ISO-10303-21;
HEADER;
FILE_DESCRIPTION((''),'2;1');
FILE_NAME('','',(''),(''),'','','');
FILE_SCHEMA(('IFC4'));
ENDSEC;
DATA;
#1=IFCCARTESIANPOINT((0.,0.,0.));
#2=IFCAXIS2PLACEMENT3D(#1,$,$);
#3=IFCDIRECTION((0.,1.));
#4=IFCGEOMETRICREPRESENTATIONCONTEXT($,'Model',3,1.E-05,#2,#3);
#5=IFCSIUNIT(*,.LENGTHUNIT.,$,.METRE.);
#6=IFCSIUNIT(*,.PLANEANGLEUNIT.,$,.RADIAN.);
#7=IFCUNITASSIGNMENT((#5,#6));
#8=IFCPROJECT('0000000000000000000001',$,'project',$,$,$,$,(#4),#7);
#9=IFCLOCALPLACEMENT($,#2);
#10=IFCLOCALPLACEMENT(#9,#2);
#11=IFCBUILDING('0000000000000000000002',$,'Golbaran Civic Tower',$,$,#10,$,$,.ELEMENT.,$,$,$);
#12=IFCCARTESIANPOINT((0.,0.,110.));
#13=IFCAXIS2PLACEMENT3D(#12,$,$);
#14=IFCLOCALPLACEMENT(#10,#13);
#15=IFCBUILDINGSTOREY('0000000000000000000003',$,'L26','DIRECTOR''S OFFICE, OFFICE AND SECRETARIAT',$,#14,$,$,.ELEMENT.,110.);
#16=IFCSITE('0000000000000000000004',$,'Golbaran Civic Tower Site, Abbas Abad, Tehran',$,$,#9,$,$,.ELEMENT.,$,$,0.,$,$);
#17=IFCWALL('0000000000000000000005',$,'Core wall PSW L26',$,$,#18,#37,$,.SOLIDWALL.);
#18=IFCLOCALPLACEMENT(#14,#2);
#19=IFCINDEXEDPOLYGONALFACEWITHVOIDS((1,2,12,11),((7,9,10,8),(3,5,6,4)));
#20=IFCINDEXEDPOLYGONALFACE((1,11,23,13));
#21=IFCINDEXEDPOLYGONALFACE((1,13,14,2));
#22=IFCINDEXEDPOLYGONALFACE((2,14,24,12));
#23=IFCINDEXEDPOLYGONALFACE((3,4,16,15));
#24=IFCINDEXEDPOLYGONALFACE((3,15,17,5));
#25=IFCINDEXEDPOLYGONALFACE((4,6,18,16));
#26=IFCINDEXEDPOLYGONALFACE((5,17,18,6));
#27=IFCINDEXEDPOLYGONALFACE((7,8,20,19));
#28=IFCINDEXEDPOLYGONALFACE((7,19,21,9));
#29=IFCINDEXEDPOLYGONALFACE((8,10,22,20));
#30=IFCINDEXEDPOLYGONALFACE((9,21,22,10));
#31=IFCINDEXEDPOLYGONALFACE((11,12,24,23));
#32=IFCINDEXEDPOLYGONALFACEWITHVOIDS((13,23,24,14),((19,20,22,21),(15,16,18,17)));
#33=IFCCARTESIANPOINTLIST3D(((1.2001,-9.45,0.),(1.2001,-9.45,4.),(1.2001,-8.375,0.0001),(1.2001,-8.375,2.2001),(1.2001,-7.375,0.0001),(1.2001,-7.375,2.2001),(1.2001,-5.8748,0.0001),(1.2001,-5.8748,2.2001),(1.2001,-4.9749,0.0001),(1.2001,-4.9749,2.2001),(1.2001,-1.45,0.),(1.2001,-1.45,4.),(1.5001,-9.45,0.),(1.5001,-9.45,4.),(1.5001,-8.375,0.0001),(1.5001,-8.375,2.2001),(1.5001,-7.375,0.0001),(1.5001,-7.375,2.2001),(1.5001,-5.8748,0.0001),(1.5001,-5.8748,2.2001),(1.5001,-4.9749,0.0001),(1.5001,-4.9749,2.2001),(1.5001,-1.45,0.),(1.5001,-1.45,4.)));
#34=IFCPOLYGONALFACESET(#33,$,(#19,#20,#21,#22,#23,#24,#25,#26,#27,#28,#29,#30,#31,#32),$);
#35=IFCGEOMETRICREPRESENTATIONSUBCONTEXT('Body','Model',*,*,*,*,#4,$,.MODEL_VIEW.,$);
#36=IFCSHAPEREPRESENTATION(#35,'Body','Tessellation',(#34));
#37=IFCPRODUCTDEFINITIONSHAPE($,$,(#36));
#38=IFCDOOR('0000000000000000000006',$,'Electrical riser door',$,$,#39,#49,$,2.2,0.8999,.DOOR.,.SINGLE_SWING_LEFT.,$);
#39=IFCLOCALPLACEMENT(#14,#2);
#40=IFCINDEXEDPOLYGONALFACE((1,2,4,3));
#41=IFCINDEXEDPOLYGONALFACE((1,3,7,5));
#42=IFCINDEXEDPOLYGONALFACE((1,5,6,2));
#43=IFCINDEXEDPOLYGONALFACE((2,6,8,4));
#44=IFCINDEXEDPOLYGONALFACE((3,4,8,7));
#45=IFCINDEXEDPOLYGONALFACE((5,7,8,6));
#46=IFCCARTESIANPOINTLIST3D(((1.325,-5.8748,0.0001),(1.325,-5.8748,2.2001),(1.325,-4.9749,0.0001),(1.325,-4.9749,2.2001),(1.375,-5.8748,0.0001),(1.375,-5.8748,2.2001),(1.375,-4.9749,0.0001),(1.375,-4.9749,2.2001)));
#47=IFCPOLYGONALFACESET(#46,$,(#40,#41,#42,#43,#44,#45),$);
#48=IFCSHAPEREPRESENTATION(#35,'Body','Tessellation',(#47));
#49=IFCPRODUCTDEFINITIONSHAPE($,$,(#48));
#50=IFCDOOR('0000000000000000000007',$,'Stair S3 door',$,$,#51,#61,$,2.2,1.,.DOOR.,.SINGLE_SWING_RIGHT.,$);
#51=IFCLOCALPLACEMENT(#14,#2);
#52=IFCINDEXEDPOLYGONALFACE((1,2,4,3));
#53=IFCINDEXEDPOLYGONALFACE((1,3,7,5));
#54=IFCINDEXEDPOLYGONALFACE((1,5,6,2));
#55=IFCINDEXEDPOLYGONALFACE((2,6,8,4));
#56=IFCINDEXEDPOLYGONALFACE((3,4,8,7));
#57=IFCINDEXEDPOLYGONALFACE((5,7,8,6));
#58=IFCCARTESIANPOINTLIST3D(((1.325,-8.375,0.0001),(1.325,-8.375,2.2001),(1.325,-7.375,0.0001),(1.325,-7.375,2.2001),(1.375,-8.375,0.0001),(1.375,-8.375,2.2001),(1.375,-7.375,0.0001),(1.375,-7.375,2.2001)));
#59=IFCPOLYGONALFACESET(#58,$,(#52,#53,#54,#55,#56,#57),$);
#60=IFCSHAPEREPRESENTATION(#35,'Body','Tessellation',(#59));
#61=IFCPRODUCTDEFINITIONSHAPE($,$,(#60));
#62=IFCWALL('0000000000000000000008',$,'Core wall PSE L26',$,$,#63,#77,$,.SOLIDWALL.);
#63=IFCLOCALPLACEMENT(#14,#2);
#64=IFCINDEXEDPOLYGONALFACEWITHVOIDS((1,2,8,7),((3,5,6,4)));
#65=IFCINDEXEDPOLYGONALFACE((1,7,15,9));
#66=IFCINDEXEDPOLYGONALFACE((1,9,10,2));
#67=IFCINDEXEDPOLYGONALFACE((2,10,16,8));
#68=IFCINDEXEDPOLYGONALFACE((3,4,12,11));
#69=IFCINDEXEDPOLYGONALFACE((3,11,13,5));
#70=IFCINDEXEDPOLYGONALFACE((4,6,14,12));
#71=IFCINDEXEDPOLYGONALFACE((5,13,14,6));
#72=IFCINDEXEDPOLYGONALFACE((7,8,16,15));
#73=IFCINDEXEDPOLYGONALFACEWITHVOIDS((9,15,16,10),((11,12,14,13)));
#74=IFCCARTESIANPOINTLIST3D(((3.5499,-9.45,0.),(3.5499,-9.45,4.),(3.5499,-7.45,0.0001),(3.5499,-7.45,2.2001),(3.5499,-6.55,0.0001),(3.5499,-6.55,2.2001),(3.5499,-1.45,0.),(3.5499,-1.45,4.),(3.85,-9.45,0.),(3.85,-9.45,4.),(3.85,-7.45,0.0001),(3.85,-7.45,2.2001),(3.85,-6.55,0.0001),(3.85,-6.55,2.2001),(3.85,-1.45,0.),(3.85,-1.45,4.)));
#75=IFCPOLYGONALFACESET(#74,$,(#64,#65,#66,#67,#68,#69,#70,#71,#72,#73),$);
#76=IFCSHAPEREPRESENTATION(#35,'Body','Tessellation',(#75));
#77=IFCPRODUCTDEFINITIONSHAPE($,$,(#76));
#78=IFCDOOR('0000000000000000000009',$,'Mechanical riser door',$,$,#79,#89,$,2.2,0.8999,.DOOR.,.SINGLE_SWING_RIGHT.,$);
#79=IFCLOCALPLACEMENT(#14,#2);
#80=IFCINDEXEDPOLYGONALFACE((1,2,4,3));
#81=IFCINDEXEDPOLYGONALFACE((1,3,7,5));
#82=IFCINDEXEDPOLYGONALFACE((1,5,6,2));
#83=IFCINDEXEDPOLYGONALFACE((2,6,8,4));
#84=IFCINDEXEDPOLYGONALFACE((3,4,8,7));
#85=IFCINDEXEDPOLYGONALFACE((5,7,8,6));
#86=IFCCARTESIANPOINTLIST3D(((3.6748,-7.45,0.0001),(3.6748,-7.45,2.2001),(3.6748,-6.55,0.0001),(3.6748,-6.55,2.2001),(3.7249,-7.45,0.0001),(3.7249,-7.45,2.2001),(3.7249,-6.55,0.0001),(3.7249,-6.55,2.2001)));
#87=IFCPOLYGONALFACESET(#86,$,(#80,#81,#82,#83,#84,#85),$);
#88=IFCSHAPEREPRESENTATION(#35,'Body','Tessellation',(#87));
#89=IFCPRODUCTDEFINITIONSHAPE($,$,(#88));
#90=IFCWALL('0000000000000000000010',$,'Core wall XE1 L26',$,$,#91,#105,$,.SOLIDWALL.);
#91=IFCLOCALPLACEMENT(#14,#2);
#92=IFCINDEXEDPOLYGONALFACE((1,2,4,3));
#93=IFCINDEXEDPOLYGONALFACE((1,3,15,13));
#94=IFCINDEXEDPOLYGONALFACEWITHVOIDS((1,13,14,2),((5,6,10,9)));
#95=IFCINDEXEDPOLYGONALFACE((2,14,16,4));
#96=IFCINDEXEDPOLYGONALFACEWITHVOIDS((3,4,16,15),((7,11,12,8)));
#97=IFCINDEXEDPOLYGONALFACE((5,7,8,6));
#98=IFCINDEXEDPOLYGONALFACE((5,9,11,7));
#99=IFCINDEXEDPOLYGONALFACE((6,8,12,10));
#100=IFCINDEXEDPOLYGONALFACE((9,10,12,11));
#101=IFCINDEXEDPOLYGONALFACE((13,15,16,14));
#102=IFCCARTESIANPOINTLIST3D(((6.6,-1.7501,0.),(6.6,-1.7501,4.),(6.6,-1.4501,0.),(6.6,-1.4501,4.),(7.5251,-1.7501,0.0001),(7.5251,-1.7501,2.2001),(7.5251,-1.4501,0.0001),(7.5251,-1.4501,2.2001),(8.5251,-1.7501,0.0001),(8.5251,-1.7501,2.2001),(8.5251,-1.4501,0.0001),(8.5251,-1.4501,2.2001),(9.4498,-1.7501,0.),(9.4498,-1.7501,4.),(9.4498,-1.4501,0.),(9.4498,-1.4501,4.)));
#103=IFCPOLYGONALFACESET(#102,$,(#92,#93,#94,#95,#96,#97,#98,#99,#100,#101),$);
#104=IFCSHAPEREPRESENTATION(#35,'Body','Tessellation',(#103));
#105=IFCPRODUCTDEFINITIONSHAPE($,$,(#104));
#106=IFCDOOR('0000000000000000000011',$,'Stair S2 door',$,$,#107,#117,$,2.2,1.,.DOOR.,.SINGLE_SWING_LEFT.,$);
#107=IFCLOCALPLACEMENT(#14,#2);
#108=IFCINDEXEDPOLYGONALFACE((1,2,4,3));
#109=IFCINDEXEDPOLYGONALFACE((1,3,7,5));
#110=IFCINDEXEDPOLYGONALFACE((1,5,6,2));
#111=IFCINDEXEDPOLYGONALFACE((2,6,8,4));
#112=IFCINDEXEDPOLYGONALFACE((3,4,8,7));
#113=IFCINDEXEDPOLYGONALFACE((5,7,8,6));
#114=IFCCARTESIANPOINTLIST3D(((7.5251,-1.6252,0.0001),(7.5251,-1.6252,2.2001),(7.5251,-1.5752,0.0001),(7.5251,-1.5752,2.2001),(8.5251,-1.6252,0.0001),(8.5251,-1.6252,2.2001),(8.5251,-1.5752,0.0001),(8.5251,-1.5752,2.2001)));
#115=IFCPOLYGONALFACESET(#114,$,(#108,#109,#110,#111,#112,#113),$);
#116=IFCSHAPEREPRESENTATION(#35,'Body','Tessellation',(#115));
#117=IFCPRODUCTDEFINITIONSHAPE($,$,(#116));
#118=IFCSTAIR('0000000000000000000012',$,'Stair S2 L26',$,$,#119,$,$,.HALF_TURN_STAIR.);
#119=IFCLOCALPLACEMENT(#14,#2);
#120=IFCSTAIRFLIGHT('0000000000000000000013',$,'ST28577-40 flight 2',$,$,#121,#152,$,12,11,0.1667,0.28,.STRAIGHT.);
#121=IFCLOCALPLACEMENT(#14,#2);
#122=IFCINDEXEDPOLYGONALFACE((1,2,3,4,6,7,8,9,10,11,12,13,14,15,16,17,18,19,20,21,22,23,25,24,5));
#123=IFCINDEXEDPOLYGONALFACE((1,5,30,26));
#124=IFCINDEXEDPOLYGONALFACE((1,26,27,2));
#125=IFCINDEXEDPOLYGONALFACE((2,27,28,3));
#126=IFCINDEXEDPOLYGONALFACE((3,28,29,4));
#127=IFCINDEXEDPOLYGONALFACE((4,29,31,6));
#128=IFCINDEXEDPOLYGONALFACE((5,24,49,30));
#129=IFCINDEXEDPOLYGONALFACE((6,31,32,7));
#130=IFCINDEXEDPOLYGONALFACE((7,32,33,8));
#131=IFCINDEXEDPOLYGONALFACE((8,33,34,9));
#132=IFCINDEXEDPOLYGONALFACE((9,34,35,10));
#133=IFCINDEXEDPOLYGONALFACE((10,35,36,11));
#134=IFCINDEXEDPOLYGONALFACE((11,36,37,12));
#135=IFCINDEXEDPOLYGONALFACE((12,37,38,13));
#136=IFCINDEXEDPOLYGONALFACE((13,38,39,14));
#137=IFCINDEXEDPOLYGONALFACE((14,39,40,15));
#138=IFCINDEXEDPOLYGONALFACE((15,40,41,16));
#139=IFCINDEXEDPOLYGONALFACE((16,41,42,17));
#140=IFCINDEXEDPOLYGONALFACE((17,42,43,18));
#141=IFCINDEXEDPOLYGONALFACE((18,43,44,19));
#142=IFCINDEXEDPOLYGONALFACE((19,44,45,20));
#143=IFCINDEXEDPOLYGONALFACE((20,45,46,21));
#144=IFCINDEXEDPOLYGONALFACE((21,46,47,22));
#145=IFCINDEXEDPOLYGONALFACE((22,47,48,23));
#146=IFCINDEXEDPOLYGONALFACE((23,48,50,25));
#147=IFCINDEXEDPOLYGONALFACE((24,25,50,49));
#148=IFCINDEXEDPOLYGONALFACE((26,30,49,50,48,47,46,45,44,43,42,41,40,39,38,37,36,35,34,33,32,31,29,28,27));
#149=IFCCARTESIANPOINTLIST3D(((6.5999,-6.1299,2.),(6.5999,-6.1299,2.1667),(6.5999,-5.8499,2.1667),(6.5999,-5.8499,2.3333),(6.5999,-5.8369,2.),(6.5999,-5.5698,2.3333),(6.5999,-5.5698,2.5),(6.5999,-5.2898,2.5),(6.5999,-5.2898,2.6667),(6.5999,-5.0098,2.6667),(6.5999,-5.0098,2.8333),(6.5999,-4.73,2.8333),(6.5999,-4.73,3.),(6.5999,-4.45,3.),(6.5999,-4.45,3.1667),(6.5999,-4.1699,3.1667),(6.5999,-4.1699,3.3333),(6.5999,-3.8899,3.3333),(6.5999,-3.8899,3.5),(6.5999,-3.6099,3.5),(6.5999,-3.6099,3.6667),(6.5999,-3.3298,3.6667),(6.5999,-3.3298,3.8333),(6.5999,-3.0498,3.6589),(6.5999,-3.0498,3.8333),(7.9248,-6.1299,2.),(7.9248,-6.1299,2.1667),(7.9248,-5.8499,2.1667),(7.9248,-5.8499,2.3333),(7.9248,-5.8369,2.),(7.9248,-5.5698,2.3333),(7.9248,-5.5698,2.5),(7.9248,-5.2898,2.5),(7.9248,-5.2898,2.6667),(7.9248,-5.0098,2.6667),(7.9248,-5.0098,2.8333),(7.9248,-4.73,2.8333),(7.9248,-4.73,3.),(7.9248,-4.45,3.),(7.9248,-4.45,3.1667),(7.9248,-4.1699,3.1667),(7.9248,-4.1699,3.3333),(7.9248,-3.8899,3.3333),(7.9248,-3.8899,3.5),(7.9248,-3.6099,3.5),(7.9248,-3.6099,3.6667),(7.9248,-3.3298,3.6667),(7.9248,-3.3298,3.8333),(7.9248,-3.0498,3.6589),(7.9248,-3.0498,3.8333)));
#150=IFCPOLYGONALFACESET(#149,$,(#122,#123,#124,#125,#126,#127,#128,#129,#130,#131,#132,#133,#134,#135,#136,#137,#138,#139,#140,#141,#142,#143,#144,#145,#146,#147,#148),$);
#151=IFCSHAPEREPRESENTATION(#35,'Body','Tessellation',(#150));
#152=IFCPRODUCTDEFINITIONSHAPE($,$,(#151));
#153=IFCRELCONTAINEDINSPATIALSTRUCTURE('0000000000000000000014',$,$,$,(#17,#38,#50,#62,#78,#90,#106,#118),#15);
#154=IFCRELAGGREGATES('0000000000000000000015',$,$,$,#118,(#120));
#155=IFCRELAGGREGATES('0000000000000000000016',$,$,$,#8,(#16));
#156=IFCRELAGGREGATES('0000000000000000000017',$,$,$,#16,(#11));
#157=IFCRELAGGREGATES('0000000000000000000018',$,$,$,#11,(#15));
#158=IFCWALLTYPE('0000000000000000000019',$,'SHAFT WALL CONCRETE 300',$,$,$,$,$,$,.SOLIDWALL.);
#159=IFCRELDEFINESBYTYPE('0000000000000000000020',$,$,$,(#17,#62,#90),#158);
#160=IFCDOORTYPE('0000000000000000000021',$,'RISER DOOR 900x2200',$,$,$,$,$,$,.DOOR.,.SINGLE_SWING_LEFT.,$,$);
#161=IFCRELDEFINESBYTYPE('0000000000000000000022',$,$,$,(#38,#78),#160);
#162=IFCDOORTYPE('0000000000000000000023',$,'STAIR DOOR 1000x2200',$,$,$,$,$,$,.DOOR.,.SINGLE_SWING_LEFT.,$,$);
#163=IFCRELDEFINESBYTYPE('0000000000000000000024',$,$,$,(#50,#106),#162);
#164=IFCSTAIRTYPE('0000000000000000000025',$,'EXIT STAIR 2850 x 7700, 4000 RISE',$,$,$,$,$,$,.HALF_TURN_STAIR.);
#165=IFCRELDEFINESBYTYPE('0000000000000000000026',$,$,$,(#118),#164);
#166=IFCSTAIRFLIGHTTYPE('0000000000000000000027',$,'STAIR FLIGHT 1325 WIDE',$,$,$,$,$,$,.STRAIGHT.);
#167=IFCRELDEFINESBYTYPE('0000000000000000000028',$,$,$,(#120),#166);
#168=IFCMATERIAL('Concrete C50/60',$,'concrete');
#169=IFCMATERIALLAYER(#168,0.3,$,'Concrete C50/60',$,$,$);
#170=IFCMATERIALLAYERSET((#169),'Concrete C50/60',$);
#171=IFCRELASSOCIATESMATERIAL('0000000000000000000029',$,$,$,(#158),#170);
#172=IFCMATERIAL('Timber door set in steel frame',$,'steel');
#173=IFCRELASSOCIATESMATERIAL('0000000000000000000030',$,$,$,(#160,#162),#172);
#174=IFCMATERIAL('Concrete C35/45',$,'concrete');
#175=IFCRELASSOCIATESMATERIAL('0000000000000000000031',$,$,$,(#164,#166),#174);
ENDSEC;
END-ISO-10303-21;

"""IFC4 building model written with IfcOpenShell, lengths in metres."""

from ifc_helpers import new_model, si_unit, direction, frame, frame_2d, origin, place, context, subcontext, project, spatial, polyline, rectangle, outline, extrude, material, layer, layer_set, type_object, element, fill, aggregate, save


model = new_model("IFC4")

# Units and contexts
model_context = context("Model", 3, precision=1e-05, world=origin(), true_north=direction((0.0, 1.0)))
body_context = subcontext(model_context, "Body", "Model", "MODEL_VIEW")
ifc_project = project(units=[si_unit("LENGTHUNIT", "METRE"), si_unit("PLANEANGLEUNIT", "RADIAN")], contexts=[model_context])

# Site, building, storey
site_placement = place(None, origin())
site = spatial("IfcSite", under=ifc_project, at=site_placement, Name="Golbaran Civic Tower Site, Abbas Abad, Tehran", CompositionType="ELEMENT", RefElevation=0.0)
building_placement = place(site_placement, origin())
building = spatial("IfcBuilding", under=site, at=building_placement, Name="Golbaran Civic Tower", CompositionType="ELEMENT")
storey_placement = place(building_placement, frame((0.0, 0.0, 110.0)))
storey = spatial("IfcBuildingStorey", under=building, at=storey_placement, Name="L26", Description="DIRECTOR'S OFFICE, OFFICE AND SECRETARIAT", CompositionType="ELEMENT", Elevation=110.0)

# Shared definitions
ifc_material_1 = material(Name="Timber door set in steel frame", Category="steel")

# Shared definitions
ifc_material_2 = material(Name="Concrete C50/60", Category="concrete")
ifc_layer_1 = layer(ifc_material_2, 0.3, Name="Concrete C50/60")
ifc_layer_set_1 = layer_set([ifc_layer_1], Name="Concrete C50/60")
wall_type_1 = type_object("IfcWallType", Name="SHAFT WALL CONCRETE 300", PredefinedType="SOLIDWALL", material=ifc_layer_set_1)

# Wall, openings, doors
wall_1_placement = place(storey_placement, frame((1.3501, -1.45, 0.0), z_axis=(0.0, 0.0, 1.0), x_axis=(0.0, -1.0, 0.0)))
wall_1 = element("IfcWall", 1, at=wall_1_placement, inside=storey, type_object=wall_type_1, Name="Core wall PSW L26", PredefinedType="SOLIDWALL", context=body_context, shape_type="SweptSolid", body=[
    extrude(rectangle(XDim=8.0, YDim=0.3, at=frame_2d((4.0, 0.0))), origin(), (0.0, 0.0, 1.0), 4.0),
])
opening_1_placement = place(wall_1_placement, frame((5.925, 0.0, 0.0)))
opening_1 = element("IfcOpeningElement", 2, at=opening_1_placement, cuts=wall_1, PredefinedType="OPENING", context=body_context, shape_type="SweptSolid", body=[
    extrude(rectangle(XDim=1.0, YDim=2.2, at=frame_2d((0.5, 1.1001))), frame((0.0, 0.1599, 0.0), z_axis=(0.0, -1.0, 0.0), x_axis=(1.0, 0.0, 0.0)), (0.0, 0.0, 1.0), 0.3201),
])
opening_2_placement = place(wall_1_placement, frame((3.5249, 0.0, 0.0)))
opening_2 = element("IfcOpeningElement", 3, at=opening_2_placement, cuts=wall_1, PredefinedType="OPENING", context=body_context, shape_type="SweptSolid", body=[
    extrude(rectangle(XDim=0.8999, YDim=2.2, at=frame_2d((0.45, 1.1001))), frame((0.0, 0.1599, 0.0), z_axis=(0.0, -1.0, 0.0), x_axis=(1.0, 0.0, 0.0)), (0.0, 0.0, 1.0), 0.3201),
])
door_type_1 = type_object("IfcDoorType", Name="RISER DOOR 900x2200", OperationType="SINGLE_SWING_LEFT", PredefinedType="DOOR", material=ifc_material_1)
door_1_placement = place(opening_2_placement, origin())
door_1 = element("IfcDoor", 4, at=door_1_placement, inside=storey, type_object=door_type_1, Name="Electrical riser door", OperationType="SINGLE_SWING_LEFT", OverallHeight=2.2, OverallWidth=0.8999, PredefinedType="DOOR", context=body_context, shape_type="SweptSolid", body=[
    extrude(rectangle(XDim=0.8999, YDim=2.2, at=frame_2d((0.45, 1.1001))), frame((0.0, 0.0249, 0.0), z_axis=(0.0, -1.0, 0.0), x_axis=(1.0, 0.0, 0.0)), (0.0, 0.0, 1.0), 0.05),
])
fill(opening_2, door_1)
door_type_2 = type_object("IfcDoorType", Name="STAIR DOOR 1000x2200", OperationType="SINGLE_SWING_LEFT", PredefinedType="DOOR", material=ifc_material_1)
door_2_placement = place(opening_1_placement, origin())
door_2 = element("IfcDoor", 5, at=door_2_placement, inside=storey, type_object=door_type_2, Name="Stair S3 door", OperationType="SINGLE_SWING_RIGHT", OverallHeight=2.2, OverallWidth=1.0, PredefinedType="DOOR", context=body_context, shape_type="SweptSolid", body=[
    extrude(rectangle(XDim=1.0, YDim=2.2, at=frame_2d((0.5, 1.1001))), frame((0.0, 0.0249, 0.0), z_axis=(0.0, -1.0, 0.0), x_axis=(1.0, 0.0, 0.0)), (0.0, 0.0, 1.0), 0.05),
])
fill(opening_1, door_2)

# Walls, openings, doors
wall_2_placement = place(storey_placement, frame((3.7, -1.45, 0.0), z_axis=(0.0, 0.0, 1.0), x_axis=(0.0, -1.0, 0.0)))
wall_2 = element("IfcWall", 6, at=wall_2_placement, inside=storey, type_object=wall_type_1, Name="Core wall PSE L26", PredefinedType="SOLIDWALL", context=body_context, shape_type="SweptSolid", body=[
    extrude(rectangle(XDim=8.0, YDim=0.3, at=frame_2d((4.0, 0.0))), origin(), (0.0, 0.0, 1.0), 4.0),
])
opening_3_placement = place(wall_2_placement, frame((5.1001, 0.0, 0.0)))
opening_3 = element("IfcOpeningElement", 7, at=opening_3_placement, cuts=wall_2, PredefinedType="OPENING", context=body_context, shape_type="SweptSolid", body=[
    extrude(rectangle(XDim=0.8999, YDim=2.2, at=frame_2d((0.45, 1.1001))), frame((0.0, 0.1599, 0.0), z_axis=(0.0, -1.0, 0.0), x_axis=(1.0, 0.0, 0.0)), (0.0, 0.0, 1.0), 0.3201),
])
door_3_placement = place(opening_3_placement, origin())
door_3 = element("IfcDoor", 8, at=door_3_placement, inside=storey, type_object=door_type_1, Name="Mechanical riser door", OperationType="SINGLE_SWING_RIGHT", OverallHeight=2.2, OverallWidth=0.8999, PredefinedType="DOOR", context=body_context, shape_type="SweptSolid", body=[
    extrude(rectangle(XDim=0.8999, YDim=2.2, at=frame_2d((0.45, 1.1001))), frame((0.0, 0.0249, 0.0), z_axis=(0.0, -1.0, 0.0), x_axis=(1.0, 0.0, 0.0)), (0.0, 0.0, 1.0), 0.05),
])
fill(opening_3, door_3)
wall_3_placement = place(storey_placement, frame((6.6001, -1.6001, 0.0), z_axis=(0.0, 0.0, 1.0), x_axis=(1.0, 0.0, 0.0)))
wall_3 = element("IfcWall", 9, at=wall_3_placement, inside=storey, type_object=wall_type_1, Name="Core wall XE1 L26", PredefinedType="SOLIDWALL", context=body_context, shape_type="SweptSolid", body=[
    extrude(rectangle(XDim=2.8499, YDim=0.3, at=frame_2d((1.4248, 0.0))), origin(), (0.0, 0.0, 1.0), 4.0),
])
opening_4_placement = place(wall_3_placement, frame((0.925, 0.0, 0.0)))
opening_4 = element("IfcOpeningElement", 10, at=opening_4_placement, cuts=wall_3, PredefinedType="OPENING", context=body_context, shape_type="SweptSolid", body=[
    extrude(rectangle(XDim=1.0, YDim=2.2, at=frame_2d((0.5, 1.1001))), frame((0.0, 0.1599, 0.0), z_axis=(0.0, -1.0, 0.0), x_axis=(1.0, 0.0, 0.0)), (0.0, 0.0, 1.0), 0.3201),
])
door_4_placement = place(opening_4_placement, origin())
door_4 = element("IfcDoor", 11, at=door_4_placement, inside=storey, type_object=door_type_2, Name="Stair S2 door", OperationType="SINGLE_SWING_LEFT", OverallHeight=2.2, OverallWidth=1.0, PredefinedType="DOOR", context=body_context, shape_type="SweptSolid", body=[
    extrude(rectangle(XDim=1.0, YDim=2.2, at=frame_2d((0.5, 1.1001))), frame((0.0, 0.0249, 0.0), z_axis=(0.0, -1.0, 0.0), x_axis=(1.0, 0.0, 0.0)), (0.0, 0.0, 1.0), 0.05),
])
fill(opening_4, door_4)

# Stair, stair flight
ifc_material_3 = material(Name="Concrete C35/45", Category="concrete")
stair_type = type_object("IfcStairType", Name="EXIT STAIR 2850 x 7700, 4000 RISE", PredefinedType="HALF_TURN_STAIR", material=ifc_material_3)
stair_placement = place(storey_placement, origin())
stair = element("IfcStair", 12, at=stair_placement, inside=storey, type_object=stair_type, Name="Stair S2 L26", PredefinedType="HALF_TURN_STAIR")
stair_flight_type = type_object("IfcStairFlightType", Name="STAIR FLIGHT 1325 WIDE", PredefinedType="STRAIGHT", material=ifc_material_3)
stair_flight_placement = place(storey_placement, frame((7.2625, -6.1299, 2.0), z_axis=(0.0, 0.0, 1.0), x_axis=(0.0, 1.0, 0.0)))
stair_flight = element("IfcStairFlight", 13, at=stair_flight_placement, type_object=stair_flight_type, Name="ST28577-40 flight 2", NumberOfRisers=12, NumberOfTreads=11, PredefinedType="STRAIGHT", RiserHeight=0.1667, TreadLength=0.28, context=body_context, shape_type="SweptSolid", body=[
    extrude(outline(polyline([(0.0, 0.0), (0.0, 0.1667), (0.28, 0.1667), (0.28, 0.3333), (0.5601, 0.3333), (0.5601, 0.5), (0.8401, 0.5), (0.8401, 0.6667), (1.1201, 0.6667), (1.1201, 0.8333), (1.3999, 0.8333), (1.3999, 1.0), (1.6799, 1.0), (1.6799, 1.1667), (1.96, 1.1667), (1.96, 1.3333), (2.24, 1.3333), (2.24, 1.5), (2.52, 1.5), (2.52, 1.6667), (2.8, 1.6667), (2.8, 1.8333), (3.0801, 1.8333), (3.0801, 2.0), (3.0801, 1.6589), (0.293, 0.0), (0.0, 0.0)])), frame((0.0, 0.6626, 0.0), z_axis=(0.0, -1.0, 0.0), x_axis=(1.0, 0.0, 0.0)), (0.0, 0.0, 1.0), 1.325),
])
aggregate(stair, [stair_flight])

save(model, "model.ifc")
